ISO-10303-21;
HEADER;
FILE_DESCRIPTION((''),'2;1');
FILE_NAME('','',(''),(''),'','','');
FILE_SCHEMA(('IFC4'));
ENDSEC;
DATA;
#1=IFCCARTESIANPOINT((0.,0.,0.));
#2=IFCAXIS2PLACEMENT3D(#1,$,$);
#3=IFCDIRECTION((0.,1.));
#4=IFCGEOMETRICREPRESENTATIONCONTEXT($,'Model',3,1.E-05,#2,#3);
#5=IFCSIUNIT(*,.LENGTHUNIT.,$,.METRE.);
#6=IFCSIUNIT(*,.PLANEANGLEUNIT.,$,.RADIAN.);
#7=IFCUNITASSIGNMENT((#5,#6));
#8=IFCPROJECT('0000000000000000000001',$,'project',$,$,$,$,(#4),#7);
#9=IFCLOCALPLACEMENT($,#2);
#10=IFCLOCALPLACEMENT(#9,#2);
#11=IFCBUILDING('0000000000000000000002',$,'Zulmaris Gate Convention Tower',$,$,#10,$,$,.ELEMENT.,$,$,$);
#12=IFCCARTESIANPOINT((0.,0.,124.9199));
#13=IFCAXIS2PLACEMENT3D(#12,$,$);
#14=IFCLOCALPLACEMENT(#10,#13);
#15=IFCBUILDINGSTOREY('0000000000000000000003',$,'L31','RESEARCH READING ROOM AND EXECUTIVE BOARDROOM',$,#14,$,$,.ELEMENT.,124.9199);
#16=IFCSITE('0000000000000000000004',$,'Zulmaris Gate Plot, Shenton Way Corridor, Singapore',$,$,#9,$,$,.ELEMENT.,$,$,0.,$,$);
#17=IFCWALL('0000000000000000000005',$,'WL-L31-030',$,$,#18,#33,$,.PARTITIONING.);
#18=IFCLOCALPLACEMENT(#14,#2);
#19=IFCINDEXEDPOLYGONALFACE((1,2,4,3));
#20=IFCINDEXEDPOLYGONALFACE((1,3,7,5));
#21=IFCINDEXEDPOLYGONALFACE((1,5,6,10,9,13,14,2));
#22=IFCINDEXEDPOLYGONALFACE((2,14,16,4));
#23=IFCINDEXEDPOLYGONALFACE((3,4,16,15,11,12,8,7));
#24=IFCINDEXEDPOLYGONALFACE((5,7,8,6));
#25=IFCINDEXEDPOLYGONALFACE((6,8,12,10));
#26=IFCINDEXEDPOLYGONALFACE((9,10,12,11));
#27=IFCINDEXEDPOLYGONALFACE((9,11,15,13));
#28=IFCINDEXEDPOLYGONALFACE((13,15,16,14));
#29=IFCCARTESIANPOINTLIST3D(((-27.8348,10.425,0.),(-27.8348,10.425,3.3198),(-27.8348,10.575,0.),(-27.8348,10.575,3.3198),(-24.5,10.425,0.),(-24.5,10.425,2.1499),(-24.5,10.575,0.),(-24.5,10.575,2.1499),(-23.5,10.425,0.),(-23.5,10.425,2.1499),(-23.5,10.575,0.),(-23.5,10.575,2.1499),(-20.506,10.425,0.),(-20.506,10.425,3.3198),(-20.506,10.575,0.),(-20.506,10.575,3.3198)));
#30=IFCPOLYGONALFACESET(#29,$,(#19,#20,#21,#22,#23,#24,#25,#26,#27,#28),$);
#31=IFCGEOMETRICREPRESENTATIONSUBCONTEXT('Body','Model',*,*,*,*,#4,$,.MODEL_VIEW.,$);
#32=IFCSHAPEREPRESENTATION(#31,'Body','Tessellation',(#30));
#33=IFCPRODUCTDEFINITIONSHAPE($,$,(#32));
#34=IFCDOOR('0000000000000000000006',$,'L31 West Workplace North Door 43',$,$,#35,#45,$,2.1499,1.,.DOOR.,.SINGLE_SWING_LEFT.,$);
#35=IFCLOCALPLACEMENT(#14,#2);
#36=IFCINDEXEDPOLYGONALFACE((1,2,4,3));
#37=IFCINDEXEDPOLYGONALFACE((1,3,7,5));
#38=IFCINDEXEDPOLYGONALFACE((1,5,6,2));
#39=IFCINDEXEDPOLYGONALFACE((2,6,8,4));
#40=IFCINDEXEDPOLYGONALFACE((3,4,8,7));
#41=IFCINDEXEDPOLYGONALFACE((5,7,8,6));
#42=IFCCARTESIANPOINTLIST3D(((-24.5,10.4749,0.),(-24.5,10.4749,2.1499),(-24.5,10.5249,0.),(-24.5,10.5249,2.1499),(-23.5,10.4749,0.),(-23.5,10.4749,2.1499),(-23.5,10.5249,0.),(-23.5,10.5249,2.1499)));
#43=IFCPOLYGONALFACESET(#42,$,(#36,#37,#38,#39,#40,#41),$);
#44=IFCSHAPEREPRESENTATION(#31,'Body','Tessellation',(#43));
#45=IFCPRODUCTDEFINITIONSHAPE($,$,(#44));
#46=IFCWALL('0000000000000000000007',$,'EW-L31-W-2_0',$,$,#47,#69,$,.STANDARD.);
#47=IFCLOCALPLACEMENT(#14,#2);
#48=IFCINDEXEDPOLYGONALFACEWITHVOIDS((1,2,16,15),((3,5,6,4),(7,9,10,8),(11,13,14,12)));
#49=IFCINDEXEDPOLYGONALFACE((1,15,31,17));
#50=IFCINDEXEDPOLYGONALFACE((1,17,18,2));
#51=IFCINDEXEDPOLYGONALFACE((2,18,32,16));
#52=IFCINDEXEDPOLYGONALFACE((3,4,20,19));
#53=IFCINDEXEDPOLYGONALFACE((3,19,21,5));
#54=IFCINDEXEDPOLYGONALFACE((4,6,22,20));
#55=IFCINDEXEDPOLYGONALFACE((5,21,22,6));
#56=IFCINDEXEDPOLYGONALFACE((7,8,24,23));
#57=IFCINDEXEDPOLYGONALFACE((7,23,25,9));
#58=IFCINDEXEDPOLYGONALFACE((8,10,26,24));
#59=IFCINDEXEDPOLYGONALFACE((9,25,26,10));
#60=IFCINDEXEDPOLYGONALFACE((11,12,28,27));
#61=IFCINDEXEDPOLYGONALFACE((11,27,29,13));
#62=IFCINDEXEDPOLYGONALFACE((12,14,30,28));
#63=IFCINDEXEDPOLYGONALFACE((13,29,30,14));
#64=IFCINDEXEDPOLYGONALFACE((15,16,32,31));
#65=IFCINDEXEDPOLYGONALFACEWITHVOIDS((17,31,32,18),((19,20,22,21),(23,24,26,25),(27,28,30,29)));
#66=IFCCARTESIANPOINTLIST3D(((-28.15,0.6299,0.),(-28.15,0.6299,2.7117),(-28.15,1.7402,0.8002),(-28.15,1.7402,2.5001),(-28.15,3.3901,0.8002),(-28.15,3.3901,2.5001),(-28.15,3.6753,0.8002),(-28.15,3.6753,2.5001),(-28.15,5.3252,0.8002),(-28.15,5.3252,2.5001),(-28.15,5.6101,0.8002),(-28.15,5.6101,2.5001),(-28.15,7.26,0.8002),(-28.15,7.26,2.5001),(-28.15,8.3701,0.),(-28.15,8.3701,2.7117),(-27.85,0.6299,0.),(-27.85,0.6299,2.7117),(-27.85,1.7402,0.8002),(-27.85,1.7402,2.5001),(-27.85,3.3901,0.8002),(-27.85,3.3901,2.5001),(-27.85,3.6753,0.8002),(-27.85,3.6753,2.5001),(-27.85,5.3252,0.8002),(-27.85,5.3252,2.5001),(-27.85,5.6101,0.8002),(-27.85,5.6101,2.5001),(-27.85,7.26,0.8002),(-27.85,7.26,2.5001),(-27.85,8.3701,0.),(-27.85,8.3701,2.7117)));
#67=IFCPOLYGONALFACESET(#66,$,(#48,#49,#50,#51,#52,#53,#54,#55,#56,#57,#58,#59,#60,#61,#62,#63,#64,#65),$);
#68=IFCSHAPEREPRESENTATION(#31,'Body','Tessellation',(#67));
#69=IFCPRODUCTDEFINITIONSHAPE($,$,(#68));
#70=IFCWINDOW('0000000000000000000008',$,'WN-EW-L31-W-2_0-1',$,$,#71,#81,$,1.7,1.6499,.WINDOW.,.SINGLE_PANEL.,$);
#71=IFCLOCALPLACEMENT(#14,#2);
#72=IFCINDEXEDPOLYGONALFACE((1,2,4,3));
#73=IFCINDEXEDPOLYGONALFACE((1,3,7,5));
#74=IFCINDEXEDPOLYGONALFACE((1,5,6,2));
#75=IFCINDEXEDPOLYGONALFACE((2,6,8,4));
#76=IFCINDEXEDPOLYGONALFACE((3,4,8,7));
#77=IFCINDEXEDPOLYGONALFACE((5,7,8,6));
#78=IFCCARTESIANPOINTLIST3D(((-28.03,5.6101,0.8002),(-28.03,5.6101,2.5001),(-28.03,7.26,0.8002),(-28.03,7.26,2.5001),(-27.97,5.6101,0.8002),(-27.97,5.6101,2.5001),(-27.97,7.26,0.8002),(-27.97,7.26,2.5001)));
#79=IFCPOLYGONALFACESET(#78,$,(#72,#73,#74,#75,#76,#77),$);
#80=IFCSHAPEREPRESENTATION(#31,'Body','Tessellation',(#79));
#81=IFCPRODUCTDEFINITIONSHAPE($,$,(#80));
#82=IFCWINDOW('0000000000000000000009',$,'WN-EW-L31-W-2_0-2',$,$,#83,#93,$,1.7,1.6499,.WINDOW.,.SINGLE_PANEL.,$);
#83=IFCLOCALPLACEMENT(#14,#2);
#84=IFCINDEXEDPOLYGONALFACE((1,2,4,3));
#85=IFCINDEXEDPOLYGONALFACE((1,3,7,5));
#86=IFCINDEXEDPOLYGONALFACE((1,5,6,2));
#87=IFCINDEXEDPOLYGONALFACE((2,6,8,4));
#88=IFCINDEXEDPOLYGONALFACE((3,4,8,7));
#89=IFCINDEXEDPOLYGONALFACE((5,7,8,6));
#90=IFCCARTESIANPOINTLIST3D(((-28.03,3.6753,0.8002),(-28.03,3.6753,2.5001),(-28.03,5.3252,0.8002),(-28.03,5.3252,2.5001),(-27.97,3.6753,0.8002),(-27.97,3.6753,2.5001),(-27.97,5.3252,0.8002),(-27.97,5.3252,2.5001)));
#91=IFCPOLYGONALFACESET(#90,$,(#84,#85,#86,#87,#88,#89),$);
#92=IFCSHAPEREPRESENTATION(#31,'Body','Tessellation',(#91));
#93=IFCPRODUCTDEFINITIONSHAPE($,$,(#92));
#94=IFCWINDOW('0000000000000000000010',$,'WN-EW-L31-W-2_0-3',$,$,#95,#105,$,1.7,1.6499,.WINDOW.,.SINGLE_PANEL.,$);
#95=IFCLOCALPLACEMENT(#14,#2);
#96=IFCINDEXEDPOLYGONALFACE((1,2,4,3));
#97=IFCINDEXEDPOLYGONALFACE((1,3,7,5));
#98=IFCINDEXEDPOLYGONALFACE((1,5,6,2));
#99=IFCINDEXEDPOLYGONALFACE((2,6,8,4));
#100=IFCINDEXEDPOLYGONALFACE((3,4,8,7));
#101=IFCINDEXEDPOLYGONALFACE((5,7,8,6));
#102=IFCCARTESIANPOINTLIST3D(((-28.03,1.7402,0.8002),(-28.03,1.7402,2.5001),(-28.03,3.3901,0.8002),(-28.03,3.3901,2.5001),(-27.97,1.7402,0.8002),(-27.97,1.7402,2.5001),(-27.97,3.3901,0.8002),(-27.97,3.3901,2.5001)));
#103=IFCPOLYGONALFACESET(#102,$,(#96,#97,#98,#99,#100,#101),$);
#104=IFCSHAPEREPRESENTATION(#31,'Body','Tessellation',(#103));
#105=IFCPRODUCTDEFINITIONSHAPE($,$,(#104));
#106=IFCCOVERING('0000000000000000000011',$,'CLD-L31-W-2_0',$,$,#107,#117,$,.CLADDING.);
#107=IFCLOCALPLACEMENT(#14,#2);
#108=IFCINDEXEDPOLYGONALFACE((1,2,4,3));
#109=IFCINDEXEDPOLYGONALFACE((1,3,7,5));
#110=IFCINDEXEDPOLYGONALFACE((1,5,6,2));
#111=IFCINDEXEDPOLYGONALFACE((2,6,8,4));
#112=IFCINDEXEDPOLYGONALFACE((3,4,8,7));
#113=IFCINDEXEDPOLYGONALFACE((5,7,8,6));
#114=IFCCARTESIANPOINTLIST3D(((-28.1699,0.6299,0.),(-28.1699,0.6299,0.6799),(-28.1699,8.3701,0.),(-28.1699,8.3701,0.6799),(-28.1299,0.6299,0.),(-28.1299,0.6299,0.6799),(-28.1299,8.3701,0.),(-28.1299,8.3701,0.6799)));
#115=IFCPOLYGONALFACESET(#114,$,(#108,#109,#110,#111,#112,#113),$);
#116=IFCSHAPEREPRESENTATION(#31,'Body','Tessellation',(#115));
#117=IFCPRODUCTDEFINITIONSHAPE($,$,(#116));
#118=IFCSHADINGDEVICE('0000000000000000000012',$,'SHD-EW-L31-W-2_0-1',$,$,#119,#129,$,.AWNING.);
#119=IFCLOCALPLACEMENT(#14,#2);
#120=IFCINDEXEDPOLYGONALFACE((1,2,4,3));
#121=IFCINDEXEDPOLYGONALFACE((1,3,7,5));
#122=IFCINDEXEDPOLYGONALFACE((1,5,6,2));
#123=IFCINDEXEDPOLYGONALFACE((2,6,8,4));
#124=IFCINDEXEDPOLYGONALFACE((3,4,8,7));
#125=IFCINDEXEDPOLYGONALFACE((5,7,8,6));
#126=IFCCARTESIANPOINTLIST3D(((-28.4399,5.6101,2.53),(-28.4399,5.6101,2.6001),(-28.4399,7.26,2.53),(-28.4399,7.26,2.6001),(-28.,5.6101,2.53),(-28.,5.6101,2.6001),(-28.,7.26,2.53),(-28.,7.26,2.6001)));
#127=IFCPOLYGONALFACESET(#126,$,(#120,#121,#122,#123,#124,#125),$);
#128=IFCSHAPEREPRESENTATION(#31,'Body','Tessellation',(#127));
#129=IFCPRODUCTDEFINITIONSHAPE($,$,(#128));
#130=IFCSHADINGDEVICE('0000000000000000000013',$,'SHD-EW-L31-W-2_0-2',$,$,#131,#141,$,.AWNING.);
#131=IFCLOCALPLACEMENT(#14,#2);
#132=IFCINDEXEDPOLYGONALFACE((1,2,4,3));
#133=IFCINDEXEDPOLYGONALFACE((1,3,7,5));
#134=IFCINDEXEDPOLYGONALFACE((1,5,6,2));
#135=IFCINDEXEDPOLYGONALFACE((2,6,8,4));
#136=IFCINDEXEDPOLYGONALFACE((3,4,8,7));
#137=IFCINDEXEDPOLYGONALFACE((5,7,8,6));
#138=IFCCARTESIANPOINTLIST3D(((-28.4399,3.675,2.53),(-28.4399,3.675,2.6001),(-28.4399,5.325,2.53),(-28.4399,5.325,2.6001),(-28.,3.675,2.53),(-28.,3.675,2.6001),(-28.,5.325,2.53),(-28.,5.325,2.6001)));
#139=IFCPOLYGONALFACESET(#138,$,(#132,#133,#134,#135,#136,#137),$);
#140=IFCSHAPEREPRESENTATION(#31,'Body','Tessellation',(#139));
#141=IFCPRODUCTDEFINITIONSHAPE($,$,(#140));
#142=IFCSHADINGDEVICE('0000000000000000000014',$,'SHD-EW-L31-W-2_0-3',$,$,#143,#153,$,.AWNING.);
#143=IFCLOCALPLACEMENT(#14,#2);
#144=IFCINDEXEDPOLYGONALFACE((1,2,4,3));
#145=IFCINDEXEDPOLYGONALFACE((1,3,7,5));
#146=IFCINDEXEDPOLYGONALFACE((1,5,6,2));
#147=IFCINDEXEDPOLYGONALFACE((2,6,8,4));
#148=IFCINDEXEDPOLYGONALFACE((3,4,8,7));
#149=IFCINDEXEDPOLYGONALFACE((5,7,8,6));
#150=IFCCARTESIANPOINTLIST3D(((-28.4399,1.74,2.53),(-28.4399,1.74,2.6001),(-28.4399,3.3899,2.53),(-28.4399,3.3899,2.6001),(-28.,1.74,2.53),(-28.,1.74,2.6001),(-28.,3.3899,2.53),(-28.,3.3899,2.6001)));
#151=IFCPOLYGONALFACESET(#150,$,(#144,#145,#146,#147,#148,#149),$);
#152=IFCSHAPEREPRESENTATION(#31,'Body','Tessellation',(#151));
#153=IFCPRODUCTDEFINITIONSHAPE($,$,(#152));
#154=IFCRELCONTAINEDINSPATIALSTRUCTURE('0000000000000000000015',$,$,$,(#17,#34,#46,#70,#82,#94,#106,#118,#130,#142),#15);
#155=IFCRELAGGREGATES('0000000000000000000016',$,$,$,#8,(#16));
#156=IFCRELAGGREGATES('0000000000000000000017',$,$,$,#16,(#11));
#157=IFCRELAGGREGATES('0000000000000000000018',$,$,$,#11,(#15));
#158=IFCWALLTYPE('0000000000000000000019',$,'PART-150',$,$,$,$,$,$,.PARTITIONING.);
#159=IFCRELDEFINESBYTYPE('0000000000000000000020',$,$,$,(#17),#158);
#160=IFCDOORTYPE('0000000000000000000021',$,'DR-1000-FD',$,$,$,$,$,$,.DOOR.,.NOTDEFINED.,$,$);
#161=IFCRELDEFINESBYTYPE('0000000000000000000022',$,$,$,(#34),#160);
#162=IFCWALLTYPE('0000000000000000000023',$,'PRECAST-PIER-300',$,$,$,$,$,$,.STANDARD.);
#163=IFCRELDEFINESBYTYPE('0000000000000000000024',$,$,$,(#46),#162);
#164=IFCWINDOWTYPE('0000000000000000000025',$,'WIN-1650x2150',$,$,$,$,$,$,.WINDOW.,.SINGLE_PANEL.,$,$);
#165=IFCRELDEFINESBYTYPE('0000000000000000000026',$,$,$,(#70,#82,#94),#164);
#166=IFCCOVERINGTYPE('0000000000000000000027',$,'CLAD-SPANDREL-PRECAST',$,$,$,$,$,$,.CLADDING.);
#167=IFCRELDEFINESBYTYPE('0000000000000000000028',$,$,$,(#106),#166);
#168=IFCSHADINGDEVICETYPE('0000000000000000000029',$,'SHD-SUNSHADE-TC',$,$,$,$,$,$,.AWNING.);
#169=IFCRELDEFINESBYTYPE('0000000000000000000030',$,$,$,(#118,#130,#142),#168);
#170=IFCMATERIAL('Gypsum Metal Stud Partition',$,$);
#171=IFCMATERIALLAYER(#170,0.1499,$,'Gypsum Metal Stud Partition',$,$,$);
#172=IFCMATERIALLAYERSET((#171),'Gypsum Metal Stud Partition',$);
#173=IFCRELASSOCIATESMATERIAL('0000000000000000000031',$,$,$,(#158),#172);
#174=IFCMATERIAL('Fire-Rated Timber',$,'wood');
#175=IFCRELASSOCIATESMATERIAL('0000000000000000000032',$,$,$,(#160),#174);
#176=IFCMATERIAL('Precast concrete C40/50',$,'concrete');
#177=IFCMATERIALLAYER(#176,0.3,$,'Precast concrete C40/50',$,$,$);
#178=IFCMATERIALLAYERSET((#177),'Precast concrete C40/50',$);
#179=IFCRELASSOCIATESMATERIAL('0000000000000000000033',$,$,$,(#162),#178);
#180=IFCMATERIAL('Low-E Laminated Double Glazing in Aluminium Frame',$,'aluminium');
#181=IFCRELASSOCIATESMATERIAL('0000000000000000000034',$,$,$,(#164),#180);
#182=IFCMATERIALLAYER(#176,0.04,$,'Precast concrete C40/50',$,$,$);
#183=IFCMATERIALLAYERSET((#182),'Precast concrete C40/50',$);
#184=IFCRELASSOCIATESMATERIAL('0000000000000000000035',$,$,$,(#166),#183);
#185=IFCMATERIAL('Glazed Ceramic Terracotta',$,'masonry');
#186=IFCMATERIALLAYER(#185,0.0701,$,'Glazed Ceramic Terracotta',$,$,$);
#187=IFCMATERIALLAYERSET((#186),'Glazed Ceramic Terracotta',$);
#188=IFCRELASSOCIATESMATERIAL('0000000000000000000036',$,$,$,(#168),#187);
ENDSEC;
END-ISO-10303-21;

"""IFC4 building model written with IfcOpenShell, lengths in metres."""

from ifc_helpers import new_model, si_unit, direction, frame, frame_2d, origin, place, context, subcontext, project, spatial, rectangle, extrude, material, layer, layer_set, type_object, element, fill, save


model = new_model("IFC4")

# Units and contexts
model_context = context("Model", 3, precision=1e-05, world=origin(), true_north=direction((0.0, 1.0)))
body_context = subcontext(model_context, "Body", "Model", "MODEL_VIEW")
ifc_project = project(units=[si_unit("LENGTHUNIT", "METRE"), si_unit("PLANEANGLEUNIT", "RADIAN")], contexts=[model_context])

# Site, building, storey
site_placement = place(None, origin())
site = spatial("IfcSite", under=ifc_project, at=site_placement, Name="Zulmaris Gate Plot, Shenton Way Corridor, Singapore", CompositionType="ELEMENT", RefElevation=0.0)
building_placement = place(site_placement, origin())
building = spatial("IfcBuilding", under=site, at=building_placement, Name="Zulmaris Gate Convention Tower", CompositionType="ELEMENT")
storey_placement = place(building_placement, frame((0.0, 0.0, 124.9199)))
storey = spatial("IfcBuildingStorey", under=building, at=storey_placement, Name="L31", Description="RESEARCH READING ROOM AND EXECUTIVE BOARDROOM", CompositionType="ELEMENT", Elevation=124.9199)

# Wall, opening, door
ifc_material_1 = material(Name="Gypsum Metal Stud Partition")
ifc_layer_1 = layer(ifc_material_1, 0.1499, Name="Gypsum Metal Stud Partition")
ifc_layer_set_1 = layer_set([ifc_layer_1], Name="Gypsum Metal Stud Partition")
wall_type_1 = type_object("IfcWallType", Name="PART-150", PredefinedType="PARTITIONING", material=ifc_layer_set_1)
wall_1_placement = place(storey_placement, frame((-27.835, 10.5, 0.0), z_axis=(0.0, 0.0, 1.0), x_axis=(1.0, 0.0, 0.0)))
wall_1 = element("IfcWall", 1, at=wall_1_placement, inside=storey, type_object=wall_type_1, Name="WL-L31-030", PredefinedType="PARTITIONING", context=body_context, shape_type="SweptSolid", body=[
    extrude(rectangle(XDim=7.3289, YDim=0.1499, at=frame_2d((3.6646, 0.0))), origin(), (0.0, 0.0, 1.0), 3.3198),
])
opening_1_placement = place(wall_1_placement, frame((3.335, 0.0, 0.0)))
opening_1 = element("IfcOpeningElement", 2, at=opening_1_placement, cuts=wall_1, PredefinedType="OPENING", context=body_context, shape_type="SweptSolid", body=[
    extrude(rectangle(XDim=1.0, YDim=2.1499, at=frame_2d((0.5, 1.075))), frame((0.0, 0.085, 0.0), z_axis=(0.0, -1.0, 0.0), x_axis=(1.0, 0.0, 0.0)), (0.0, 0.0, 1.0), 0.1699),
])
ifc_material_2 = material(Name="Fire-Rated Timber", Category="wood")
door_type = type_object("IfcDoorType", Name="DR-1000-FD", OperationType="NOTDEFINED", PredefinedType="DOOR", material=ifc_material_2)
door_placement = place(opening_1_placement, origin())
door = element("IfcDoor", 3, at=door_placement, inside=storey, type_object=door_type, Name="L31 West Workplace North Door 43", OperationType="SINGLE_SWING_LEFT", OverallHeight=2.1499, OverallWidth=1.0, PredefinedType="DOOR", context=body_context, shape_type="SweptSolid", body=[
    extrude(rectangle(XDim=1.0, YDim=2.1499, at=frame_2d((0.5, 1.075))), frame((0.0, 0.0249, 0.0), z_axis=(0.0, -1.0, 0.0), x_axis=(1.0, 0.0, 0.0)), (0.0, 0.0, 1.0), 0.05),
])
fill(opening_1, door)

# Wall, openings, windows
ifc_material_3 = material(Name="Precast concrete C40/50", Category="concrete")
ifc_layer_2 = layer(ifc_material_3, 0.3, Name="Precast concrete C40/50")
ifc_layer_set_2 = layer_set([ifc_layer_2], Name="Precast concrete C40/50")
wall_type_2 = type_object("IfcWallType", Name="PRECAST-PIER-300", PredefinedType="STANDARD", material=ifc_layer_set_2)
wall_2_placement = place(storey_placement, frame((-28.0, 8.3701, 0.0), z_axis=(0.0, 0.0, 1.0), x_axis=(0.0, -1.0, 0.0)))
wall_2 = element("IfcWall", 4, at=wall_2_placement, inside=storey, type_object=wall_type_2, Name="EW-L31-W-2_0", PredefinedType="STANDARD", context=body_context, shape_type="SweptSolid", body=[
    extrude(rectangle(XDim=7.7402, YDim=0.3, at=frame_2d((3.8701, 0.0))), origin(), (0.0, 0.0, 1.0), 2.7117),
])
opening_2_placement = place(wall_2_placement, frame((1.1101, 0.0, 0.8)))
opening_2 = element("IfcOpeningElement", 5, at=opening_2_placement, cuts=wall_2, PredefinedType="OPENING", context=body_context, shape_type="SweptSolid", body=[
    extrude(rectangle(XDim=1.6499, YDim=1.7, at=frame_2d((0.825, 0.8501))), frame((0.0, 0.1602, 0.0), z_axis=(0.0, -1.0, 0.0), x_axis=(1.0, 0.0, 0.0)), (0.0, 0.0, 1.0), 0.3201),
])
opening_3_placement = place(wall_2_placement, frame((3.0449, 0.0, 0.8)))
opening_3 = element("IfcOpeningElement", 6, at=opening_3_placement, cuts=wall_2, PredefinedType="OPENING", context=body_context, shape_type="SweptSolid", body=[
    extrude(rectangle(XDim=1.6499, YDim=1.7, at=frame_2d((0.825, 0.8501))), frame((0.0, 0.1602, 0.0), z_axis=(0.0, -1.0, 0.0), x_axis=(1.0, 0.0, 0.0)), (0.0, 0.0, 1.0), 0.3201),
])
opening_4_placement = place(wall_2_placement, frame((4.98, 0.0, 0.8)))
opening_4 = element("IfcOpeningElement", 7, at=opening_4_placement, cuts=wall_2, PredefinedType="OPENING", context=body_context, shape_type="SweptSolid", body=[
    extrude(rectangle(XDim=1.6499, YDim=1.7, at=frame_2d((0.825, 0.8501))), frame((0.0, 0.1602, 0.0), z_axis=(0.0, -1.0, 0.0), x_axis=(1.0, 0.0, 0.0)), (0.0, 0.0, 1.0), 0.3201),
])
ifc_material_4 = material(Name="Low-E Laminated Double Glazing in Aluminium Frame", Category="aluminium")
window_type = type_object("IfcWindowType", Name="WIN-1650x2150", PartitioningType="SINGLE_PANEL", PredefinedType="WINDOW", material=ifc_material_4)
window_1_placement = place(opening_2_placement, origin())
window_1 = element("IfcWindow", 8, at=window_1_placement, inside=storey, type_object=window_type, Name="WN-EW-L31-W-2_0-1", OverallHeight=1.7, OverallWidth=1.6499, PartitioningType="SINGLE_PANEL", PredefinedType="WINDOW", context=body_context, shape_type="SweptSolid", body=[
    extrude(rectangle(XDim=1.6499, YDim=1.7, at=frame_2d((0.825, 0.8501))), frame((0.0, 0.03, 0.0), z_axis=(0.0, -1.0, 0.0), x_axis=(1.0, 0.0, 0.0)), (0.0, 0.0, 1.0), 0.0601),
])
fill(opening_2, window_1)
window_2_placement = place(opening_3_placement, origin())
window_2 = element("IfcWindow", 9, at=window_2_placement, inside=storey, type_object=window_type, Name="WN-EW-L31-W-2_0-2", OverallHeight=1.7, OverallWidth=1.6499, PartitioningType="SINGLE_PANEL", PredefinedType="WINDOW", context=body_context, shape_type="SweptSolid", body=[
    extrude(rectangle(XDim=1.6499, YDim=1.7, at=frame_2d((0.825, 0.8501))), frame((0.0, 0.03, 0.0), z_axis=(0.0, -1.0, 0.0), x_axis=(1.0, 0.0, 0.0)), (0.0, 0.0, 1.0), 0.0601),
])
fill(opening_3, window_2)
window_3_placement = place(opening_4_placement, origin())
window_3 = element("IfcWindow", 10, at=window_3_placement, inside=storey, type_object=window_type, Name="WN-EW-L31-W-2_0-3", OverallHeight=1.7, OverallWidth=1.6499, PartitioningType="SINGLE_PANEL", PredefinedType="WINDOW", context=body_context, shape_type="SweptSolid", body=[
    extrude(rectangle(XDim=1.6499, YDim=1.7, at=frame_2d((0.825, 0.8501))), frame((0.0, 0.03, 0.0), z_axis=(0.0, -1.0, 0.0), x_axis=(1.0, 0.0, 0.0)), (0.0, 0.0, 1.0), 0.0601),
])
fill(opening_4, window_3)

# Covering
ifc_layer_3 = layer(ifc_material_3, 0.04, Name="Precast concrete C40/50")
ifc_layer_set_3 = layer_set([ifc_layer_3], Name="Precast concrete C40/50")
covering_type = type_object("IfcCoveringType", Name="CLAD-SPANDREL-PRECAST", PredefinedType="CLADDING", material=ifc_layer_set_3)
covering_placement = place(storey_placement, frame((-28.1499, 8.3701, 0.0), z_axis=(0.0, 0.0, 1.0), x_axis=(0.0, -1.0, 0.0)))
element("IfcCovering", 11, at=covering_placement, inside=storey, type_object=covering_type, Name="CLD-L31-W-2_0", PredefinedType="CLADDING", context=body_context, shape_type="SweptSolid", body=[
    extrude(rectangle(XDim=7.7402, YDim=0.04, at=frame_2d((3.8701, 0.0))), origin(), (0.0, 0.0, 1.0), 0.6799),
])

# Shading devices
ifc_material_5 = material(Name="Glazed Ceramic Terracotta", Category="masonry")
ifc_layer_4 = layer(ifc_material_5, 0.0701, Name="Glazed Ceramic Terracotta")
ifc_layer_set_4 = layer_set([ifc_layer_4], Name="Glazed Ceramic Terracotta")
shading_device_type = type_object("IfcShadingDeviceType", Name="SHD-SUNSHADE-TC", PredefinedType="AWNING", material=ifc_layer_set_4)
for number, where, z_axis, x_axis, name in (
    (12, (-28.22, 7.26, 2.53), (0.0, 0.0, 1.0), (0.0, -1.0, 0.0), "SHD-EW-L31-W-2_0-1"),
    (13, (-28.22, 5.325, 2.53), (0.0, 0.0, 1.0), (0.0, -1.0, 0.0), "SHD-EW-L31-W-2_0-2"),
    (14, (-28.22, 3.3899, 2.53), (0.0, 0.0, 1.0), (0.0, -1.0, 0.0), "SHD-EW-L31-W-2_0-3"),
):
    element("IfcShadingDevice", number, at=place(storey_placement, frame(where, z_axis=z_axis, x_axis=x_axis)), inside=storey, type_object=shading_device_type, Name=name, PredefinedType="AWNING", context=body_context, shape_type="SweptSolid", body=[
        extrude(rectangle(XDim=1.6499, YDim=0.4399, at=frame_2d((0.825, 0.0))), origin(), (0.0, 0.0, 1.0), 0.0701),
    ])

save(model, "model.ifc")
